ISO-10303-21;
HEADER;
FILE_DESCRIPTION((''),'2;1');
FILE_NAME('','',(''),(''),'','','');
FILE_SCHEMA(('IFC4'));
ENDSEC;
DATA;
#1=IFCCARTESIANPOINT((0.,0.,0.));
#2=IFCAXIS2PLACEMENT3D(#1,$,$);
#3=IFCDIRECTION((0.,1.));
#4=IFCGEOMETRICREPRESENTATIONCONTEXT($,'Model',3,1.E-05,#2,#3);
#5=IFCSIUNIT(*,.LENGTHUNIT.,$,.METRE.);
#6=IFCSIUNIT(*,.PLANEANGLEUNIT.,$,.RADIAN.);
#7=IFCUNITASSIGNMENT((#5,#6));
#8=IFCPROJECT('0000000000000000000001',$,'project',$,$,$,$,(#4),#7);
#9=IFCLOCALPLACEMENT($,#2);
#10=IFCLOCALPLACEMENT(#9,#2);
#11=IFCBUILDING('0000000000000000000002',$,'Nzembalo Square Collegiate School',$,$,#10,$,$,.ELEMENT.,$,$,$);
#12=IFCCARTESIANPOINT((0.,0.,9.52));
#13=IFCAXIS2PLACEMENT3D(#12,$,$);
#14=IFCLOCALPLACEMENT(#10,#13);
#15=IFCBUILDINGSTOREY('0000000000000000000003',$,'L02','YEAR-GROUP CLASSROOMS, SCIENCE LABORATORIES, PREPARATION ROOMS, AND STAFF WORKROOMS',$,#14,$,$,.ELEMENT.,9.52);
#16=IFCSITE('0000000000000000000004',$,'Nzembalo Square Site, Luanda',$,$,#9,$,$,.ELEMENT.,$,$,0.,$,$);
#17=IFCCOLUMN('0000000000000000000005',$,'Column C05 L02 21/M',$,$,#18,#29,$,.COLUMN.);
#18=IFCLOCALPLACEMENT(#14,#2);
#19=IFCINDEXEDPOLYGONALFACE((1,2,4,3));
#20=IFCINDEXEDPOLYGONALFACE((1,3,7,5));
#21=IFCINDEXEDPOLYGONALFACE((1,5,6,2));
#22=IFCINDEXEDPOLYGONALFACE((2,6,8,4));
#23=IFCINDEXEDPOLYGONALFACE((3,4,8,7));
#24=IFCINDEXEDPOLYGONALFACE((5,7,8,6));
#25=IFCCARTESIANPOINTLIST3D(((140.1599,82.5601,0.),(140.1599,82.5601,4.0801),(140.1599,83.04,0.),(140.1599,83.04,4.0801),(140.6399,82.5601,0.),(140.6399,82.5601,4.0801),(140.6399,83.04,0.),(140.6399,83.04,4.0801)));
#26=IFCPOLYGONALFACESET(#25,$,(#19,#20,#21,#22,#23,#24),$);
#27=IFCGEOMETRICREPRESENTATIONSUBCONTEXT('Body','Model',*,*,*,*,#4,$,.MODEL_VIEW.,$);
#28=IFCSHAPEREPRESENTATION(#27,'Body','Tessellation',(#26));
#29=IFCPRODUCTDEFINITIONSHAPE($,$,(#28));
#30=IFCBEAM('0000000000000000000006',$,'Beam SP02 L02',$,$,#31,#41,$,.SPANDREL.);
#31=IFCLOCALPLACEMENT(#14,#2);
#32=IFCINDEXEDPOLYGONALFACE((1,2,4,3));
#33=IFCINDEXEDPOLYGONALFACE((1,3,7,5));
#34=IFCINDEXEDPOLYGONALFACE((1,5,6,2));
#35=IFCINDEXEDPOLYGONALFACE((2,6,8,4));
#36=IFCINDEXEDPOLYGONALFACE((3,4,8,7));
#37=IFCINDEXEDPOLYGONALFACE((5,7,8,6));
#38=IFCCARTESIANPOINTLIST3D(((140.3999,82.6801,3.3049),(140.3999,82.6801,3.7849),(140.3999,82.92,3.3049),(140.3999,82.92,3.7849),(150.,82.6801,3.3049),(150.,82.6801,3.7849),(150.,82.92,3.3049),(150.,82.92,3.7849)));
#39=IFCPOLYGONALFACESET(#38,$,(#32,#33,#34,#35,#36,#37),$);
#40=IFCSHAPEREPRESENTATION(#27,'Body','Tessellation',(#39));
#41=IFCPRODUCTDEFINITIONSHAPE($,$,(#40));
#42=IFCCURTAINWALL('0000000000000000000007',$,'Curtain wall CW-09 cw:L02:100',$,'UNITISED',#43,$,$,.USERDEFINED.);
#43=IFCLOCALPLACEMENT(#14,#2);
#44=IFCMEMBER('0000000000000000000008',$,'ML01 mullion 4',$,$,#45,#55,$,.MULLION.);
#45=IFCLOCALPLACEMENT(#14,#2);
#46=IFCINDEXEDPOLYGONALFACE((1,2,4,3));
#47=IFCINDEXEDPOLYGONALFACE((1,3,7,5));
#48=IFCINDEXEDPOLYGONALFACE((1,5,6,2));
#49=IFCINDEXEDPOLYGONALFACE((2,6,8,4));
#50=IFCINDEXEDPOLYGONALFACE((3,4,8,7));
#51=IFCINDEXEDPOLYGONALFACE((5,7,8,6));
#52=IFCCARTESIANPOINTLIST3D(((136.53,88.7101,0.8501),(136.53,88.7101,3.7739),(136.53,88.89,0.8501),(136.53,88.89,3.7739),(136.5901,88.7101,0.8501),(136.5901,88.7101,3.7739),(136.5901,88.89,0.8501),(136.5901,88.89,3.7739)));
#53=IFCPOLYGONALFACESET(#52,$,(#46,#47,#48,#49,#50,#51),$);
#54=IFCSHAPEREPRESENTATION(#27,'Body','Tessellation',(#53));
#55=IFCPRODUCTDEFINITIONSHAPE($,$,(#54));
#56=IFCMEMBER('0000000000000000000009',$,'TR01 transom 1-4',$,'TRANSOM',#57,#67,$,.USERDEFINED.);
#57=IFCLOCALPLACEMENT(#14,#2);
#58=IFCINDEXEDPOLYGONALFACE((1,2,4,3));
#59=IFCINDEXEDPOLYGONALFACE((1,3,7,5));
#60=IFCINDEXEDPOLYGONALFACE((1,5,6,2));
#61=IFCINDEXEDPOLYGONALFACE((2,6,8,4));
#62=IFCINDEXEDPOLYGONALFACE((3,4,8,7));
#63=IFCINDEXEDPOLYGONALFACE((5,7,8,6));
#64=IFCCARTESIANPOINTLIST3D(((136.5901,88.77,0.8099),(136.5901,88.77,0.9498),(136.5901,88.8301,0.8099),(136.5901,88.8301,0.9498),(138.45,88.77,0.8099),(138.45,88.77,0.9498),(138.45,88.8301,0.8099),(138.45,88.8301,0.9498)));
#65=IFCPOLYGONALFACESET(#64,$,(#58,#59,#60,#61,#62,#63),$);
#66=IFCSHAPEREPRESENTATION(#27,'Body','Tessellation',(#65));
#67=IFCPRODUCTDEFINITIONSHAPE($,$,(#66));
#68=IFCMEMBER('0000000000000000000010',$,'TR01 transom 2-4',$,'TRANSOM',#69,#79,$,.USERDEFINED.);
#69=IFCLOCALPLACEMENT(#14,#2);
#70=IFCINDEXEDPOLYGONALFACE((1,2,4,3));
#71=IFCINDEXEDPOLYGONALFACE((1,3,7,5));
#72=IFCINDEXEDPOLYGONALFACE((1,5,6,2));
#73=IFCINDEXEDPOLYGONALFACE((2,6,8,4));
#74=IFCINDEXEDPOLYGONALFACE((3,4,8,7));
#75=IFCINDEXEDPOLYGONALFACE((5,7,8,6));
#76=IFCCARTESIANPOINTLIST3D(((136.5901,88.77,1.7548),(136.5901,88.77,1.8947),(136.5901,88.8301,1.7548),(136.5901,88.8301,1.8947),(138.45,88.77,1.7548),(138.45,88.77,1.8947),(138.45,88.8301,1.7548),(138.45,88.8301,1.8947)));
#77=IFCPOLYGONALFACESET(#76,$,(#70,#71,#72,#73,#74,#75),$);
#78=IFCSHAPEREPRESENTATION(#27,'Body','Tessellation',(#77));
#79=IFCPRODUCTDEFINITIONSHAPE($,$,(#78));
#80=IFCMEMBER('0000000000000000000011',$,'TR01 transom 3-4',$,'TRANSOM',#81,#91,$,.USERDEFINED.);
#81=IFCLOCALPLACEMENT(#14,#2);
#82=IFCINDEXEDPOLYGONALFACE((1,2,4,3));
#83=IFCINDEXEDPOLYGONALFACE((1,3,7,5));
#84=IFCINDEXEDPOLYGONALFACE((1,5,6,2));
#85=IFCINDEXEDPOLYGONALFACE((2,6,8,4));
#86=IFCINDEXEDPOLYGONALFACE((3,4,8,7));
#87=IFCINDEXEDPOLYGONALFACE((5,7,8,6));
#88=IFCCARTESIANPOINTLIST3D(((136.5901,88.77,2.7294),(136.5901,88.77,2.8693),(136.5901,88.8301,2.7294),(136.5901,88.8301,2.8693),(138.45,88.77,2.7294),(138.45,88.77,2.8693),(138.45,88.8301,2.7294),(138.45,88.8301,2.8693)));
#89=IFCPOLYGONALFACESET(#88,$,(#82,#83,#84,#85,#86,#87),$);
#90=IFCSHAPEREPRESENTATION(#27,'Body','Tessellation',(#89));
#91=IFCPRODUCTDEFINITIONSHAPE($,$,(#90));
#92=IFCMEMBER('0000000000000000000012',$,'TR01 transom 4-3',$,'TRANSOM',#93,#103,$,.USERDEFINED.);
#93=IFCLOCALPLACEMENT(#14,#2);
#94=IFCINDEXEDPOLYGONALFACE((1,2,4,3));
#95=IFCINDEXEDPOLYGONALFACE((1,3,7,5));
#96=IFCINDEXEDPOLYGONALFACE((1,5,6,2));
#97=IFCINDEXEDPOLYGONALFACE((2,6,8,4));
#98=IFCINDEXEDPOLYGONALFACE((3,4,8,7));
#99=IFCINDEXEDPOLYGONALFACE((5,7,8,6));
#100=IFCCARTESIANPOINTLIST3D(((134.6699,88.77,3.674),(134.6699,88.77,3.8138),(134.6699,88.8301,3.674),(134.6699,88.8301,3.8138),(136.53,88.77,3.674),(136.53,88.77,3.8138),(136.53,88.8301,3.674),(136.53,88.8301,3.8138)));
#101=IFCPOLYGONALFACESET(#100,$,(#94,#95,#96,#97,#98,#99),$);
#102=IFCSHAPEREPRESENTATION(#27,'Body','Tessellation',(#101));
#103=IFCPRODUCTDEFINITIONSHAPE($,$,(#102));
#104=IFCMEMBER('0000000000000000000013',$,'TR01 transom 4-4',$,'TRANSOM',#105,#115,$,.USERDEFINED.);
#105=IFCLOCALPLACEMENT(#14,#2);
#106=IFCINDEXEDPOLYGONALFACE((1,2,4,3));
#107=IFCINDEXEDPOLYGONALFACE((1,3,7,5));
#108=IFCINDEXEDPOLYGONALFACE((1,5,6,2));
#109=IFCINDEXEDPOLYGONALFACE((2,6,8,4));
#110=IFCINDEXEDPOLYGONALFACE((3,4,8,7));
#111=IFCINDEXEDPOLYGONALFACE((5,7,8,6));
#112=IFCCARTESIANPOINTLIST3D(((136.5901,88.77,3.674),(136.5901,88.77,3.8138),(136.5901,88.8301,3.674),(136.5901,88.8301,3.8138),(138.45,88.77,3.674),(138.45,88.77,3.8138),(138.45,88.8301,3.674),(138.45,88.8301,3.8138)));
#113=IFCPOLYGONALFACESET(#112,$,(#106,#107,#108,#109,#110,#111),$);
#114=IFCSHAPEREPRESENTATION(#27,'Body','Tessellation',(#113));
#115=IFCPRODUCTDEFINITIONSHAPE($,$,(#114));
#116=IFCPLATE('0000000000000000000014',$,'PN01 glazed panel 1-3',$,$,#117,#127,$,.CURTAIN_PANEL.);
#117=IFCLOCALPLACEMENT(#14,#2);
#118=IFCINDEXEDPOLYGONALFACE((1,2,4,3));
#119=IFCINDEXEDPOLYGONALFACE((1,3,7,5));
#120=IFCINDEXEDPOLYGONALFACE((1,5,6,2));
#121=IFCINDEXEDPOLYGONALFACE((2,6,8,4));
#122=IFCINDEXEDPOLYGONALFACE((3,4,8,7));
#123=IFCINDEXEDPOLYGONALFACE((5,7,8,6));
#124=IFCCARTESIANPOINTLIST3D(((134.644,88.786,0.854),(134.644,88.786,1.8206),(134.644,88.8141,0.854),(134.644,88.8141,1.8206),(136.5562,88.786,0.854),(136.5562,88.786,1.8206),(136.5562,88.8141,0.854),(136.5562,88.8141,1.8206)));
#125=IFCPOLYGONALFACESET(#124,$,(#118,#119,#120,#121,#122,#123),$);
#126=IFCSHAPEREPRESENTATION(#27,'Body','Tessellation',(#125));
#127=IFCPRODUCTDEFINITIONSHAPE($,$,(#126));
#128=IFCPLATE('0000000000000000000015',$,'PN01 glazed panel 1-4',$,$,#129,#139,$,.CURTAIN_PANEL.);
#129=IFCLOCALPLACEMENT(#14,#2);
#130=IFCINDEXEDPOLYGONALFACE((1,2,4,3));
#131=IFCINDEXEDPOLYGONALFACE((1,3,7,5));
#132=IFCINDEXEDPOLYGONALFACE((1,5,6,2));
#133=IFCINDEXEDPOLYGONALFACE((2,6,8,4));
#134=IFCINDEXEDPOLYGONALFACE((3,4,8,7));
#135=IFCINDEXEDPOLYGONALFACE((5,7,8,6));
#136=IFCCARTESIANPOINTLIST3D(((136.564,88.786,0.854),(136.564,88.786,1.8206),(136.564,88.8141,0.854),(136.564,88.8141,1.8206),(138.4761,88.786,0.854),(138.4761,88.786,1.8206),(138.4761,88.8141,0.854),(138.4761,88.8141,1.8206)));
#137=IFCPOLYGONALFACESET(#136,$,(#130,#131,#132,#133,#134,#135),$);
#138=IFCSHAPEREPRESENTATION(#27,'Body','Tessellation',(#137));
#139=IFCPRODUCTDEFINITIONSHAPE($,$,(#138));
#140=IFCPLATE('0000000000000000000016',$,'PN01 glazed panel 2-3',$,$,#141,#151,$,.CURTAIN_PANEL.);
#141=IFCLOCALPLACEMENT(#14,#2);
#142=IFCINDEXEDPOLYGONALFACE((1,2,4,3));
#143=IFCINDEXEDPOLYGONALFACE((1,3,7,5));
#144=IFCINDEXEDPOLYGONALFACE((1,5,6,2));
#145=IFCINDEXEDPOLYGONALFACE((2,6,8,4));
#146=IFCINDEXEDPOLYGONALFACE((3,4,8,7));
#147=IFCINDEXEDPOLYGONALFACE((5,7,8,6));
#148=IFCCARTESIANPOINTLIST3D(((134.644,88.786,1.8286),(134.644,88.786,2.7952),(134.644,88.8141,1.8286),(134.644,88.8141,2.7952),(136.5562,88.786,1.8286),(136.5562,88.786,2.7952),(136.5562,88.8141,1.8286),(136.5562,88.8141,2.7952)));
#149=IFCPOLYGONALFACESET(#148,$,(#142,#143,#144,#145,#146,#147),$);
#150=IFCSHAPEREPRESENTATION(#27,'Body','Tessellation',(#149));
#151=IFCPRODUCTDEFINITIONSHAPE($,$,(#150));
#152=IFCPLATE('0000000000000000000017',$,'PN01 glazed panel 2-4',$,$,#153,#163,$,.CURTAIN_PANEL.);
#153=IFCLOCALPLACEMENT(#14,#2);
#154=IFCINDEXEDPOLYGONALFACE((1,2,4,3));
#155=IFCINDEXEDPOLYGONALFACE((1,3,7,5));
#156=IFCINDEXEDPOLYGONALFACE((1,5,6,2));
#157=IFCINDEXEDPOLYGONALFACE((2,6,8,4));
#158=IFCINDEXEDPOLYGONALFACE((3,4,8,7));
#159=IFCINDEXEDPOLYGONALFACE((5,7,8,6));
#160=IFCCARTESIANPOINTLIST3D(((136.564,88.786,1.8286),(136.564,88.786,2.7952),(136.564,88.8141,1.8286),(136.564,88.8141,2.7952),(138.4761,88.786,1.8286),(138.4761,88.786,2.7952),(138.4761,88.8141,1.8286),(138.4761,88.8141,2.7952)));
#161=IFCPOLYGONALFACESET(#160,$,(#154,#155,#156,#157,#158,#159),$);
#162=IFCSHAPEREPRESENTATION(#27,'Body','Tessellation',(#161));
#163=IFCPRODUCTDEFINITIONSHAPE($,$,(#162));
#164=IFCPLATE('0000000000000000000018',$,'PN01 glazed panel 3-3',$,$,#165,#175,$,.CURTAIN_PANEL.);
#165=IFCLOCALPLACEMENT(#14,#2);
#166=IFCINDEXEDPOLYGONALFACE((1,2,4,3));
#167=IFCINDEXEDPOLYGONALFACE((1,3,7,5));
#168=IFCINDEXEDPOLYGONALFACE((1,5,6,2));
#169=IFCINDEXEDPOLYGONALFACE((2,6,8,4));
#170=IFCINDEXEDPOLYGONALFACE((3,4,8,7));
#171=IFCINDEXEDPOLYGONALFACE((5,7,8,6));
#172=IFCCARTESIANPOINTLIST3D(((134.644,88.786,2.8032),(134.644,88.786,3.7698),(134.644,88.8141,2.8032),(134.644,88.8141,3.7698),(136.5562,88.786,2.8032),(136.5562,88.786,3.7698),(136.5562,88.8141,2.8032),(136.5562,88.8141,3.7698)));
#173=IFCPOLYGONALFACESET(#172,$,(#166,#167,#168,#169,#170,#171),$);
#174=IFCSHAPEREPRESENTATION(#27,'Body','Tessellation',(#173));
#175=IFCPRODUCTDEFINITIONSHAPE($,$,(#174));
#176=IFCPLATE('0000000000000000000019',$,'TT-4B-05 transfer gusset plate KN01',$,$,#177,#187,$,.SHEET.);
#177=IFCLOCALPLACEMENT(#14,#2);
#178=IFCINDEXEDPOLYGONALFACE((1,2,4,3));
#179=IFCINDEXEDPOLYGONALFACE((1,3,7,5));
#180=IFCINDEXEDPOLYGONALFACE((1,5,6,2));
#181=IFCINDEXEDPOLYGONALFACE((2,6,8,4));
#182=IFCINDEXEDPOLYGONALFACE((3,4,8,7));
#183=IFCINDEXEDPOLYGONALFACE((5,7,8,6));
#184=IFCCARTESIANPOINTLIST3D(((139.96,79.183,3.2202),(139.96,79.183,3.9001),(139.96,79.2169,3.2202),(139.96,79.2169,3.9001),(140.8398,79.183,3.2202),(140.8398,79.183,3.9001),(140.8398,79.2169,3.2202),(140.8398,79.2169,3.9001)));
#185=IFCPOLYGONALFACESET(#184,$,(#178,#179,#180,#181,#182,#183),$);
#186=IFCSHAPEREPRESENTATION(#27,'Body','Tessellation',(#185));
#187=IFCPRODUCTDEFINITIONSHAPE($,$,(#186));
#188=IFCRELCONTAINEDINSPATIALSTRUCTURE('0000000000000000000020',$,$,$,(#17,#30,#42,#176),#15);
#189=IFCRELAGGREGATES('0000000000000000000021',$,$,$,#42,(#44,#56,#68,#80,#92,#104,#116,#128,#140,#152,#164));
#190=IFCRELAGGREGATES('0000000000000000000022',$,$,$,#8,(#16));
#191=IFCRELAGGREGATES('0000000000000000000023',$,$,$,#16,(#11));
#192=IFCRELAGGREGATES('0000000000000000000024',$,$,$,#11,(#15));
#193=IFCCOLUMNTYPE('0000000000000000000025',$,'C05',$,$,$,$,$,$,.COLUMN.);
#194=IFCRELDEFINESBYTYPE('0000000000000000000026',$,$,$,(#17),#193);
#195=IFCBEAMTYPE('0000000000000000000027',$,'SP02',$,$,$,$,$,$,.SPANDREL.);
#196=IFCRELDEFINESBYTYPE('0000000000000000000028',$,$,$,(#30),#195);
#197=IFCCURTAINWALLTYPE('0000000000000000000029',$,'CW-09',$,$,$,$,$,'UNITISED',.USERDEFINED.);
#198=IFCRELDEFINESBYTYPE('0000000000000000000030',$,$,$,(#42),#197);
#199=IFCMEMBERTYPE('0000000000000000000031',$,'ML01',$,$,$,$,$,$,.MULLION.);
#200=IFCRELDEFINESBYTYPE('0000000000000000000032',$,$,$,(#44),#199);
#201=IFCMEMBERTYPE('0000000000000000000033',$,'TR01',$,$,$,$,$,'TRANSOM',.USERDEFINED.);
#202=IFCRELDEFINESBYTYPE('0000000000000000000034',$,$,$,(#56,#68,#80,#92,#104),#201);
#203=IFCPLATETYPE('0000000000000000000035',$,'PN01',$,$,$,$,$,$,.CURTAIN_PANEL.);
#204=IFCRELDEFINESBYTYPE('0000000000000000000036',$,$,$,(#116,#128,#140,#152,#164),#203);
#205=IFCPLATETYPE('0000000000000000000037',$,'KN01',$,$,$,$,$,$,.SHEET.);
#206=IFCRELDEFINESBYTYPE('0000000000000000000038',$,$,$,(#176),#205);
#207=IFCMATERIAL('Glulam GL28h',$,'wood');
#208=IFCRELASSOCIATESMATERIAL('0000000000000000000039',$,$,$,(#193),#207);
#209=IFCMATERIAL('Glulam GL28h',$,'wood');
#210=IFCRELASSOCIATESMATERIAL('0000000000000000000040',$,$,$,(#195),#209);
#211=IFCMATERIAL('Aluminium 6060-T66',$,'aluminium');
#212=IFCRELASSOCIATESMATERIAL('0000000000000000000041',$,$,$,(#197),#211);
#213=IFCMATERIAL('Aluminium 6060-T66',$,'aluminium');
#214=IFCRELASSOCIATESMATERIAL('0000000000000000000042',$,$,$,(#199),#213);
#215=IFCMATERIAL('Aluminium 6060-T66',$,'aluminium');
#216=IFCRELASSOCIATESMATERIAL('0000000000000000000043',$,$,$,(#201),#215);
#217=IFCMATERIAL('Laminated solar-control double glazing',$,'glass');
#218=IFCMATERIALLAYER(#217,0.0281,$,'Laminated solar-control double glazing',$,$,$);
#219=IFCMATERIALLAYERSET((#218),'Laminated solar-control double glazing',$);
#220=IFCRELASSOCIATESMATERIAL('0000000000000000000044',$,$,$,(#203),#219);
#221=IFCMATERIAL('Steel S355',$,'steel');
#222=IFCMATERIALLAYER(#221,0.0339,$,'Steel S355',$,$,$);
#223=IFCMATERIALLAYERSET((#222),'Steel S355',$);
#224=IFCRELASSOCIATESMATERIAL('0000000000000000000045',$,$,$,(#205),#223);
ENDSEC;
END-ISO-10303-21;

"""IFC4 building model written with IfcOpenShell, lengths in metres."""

from ifc_helpers import new_model, si_unit, direction, frame, origin, origin_2d, place, context, subcontext, project, spatial, rectangle, extrude, material, layer, layer_set, material_profile, profile_set, type_object, element, aggregate, save


model = new_model("IFC4")

# Units and contexts
model_context = context("Model", 3, precision=1e-05, world=origin(), true_north=direction((0.0, 1.0)))
body_context = subcontext(model_context, "Body", "Model", "MODEL_VIEW")
ifc_project = project(units=[si_unit("LENGTHUNIT", "METRE"), si_unit("PLANEANGLEUNIT", "RADIAN")], contexts=[model_context])

# Site, building, storey
site_placement = place(None, origin())
site = spatial("IfcSite", under=ifc_project, at=site_placement, Name="Nzembalo Square Site, Luanda", CompositionType="ELEMENT", RefElevation=0.0)
building_placement = place(site_placement, origin())
building = spatial("IfcBuilding", under=site, at=building_placement, Name="Nzembalo Square Collegiate School", CompositionType="ELEMENT")
storey_placement = place(building_placement, frame((0.0, 0.0, 9.52)))
storey = spatial("IfcBuildingStorey", under=building, at=storey_placement, Name="L02", Description="YEAR-GROUP CLASSROOMS, SCIENCE LABORATORIES, PREPARATION ROOMS, AND STAFF WORKROOMS", CompositionType="ELEMENT", Elevation=9.52)

# Column
ifc_material_1 = material(Name="Glulam GL28h", Category="wood")
ifc_material_profile_1 = material_profile(ifc_material_1, rectangle(XDim=0.48, YDim=0.48, at=origin_2d()), Name="GL28h 480x480")
ifc_profile_set_1 = profile_set([ifc_material_profile_1], Name="Glulam GL28h")
column_type = type_object("IfcColumnType", Name="C05", PredefinedType="COLUMN", material=ifc_profile_set_1)
column_placement = place(storey_placement, frame((140.3999, 82.8, 0.0), z_axis=(0.0, 0.0, 1.0), x_axis=(1.0, 0.0, 0.0)))
element("IfcColumn", 1, at=column_placement, inside=storey, type_object=column_type, Name="Column C05 L02 21/M", PredefinedType="COLUMN", context=body_context, shape_type="SweptSolid", body=[
    extrude(rectangle(XDim=0.48, YDim=0.48, at=origin_2d()), origin(), (0.0, 0.0, 1.0), 4.0801),
])

# Beam
ifc_material_2 = material(Name="Glulam GL28h", Category="wood")
ifc_material_profile_2 = material_profile(ifc_material_2, rectangle(XDim=0.24, YDim=0.48, at=origin_2d()), Name="GL28h 240x480")
ifc_profile_set_2 = profile_set([ifc_material_profile_2], Name="Glulam GL28h")
beam_type = type_object("IfcBeamType", Name="SP02", PredefinedType="SPANDREL", material=ifc_profile_set_2)
beam_placement = place(storey_placement, frame((140.3999, 82.8, 3.5449), z_axis=(1.0, 0.0, 0.0), x_axis=(0.0, 1.0, 0.0)))
element("IfcBeam", 2, at=beam_placement, inside=storey, type_object=beam_type, Name="Beam SP02 L02", PredefinedType="SPANDREL", context=body_context, shape_type="SweptSolid", body=[
    extrude(rectangle(XDim=0.24, YDim=0.48, at=origin_2d()), origin(), (0.0, 0.0, 1.0), 9.6001),
])

# Curtain wall, members, plates
ifc_material_3 = material(Name="Aluminium 6060-T66", Category="aluminium")
curtain_wall_type = type_object("IfcCurtainWallType", Name="CW-09", ElementType="UNITISED", PredefinedType="USERDEFINED", material=ifc_material_3)
curtain_wall_placement = place(storey_placement, origin())
curtain_wall = element("IfcCurtainWall", 3, at=curtain_wall_placement, inside=storey, type_object=curtain_wall_type, Name="Curtain wall CW-09 cw:L02:100", ObjectType="UNITISED", PredefinedType="USERDEFINED")
ifc_material_4 = material(Name="Aluminium 6060-T66", Category="aluminium")
ifc_material_profile_3 = material_profile(ifc_material_4, rectangle(XDim=0.0601, YDim=0.1799, at=origin_2d()), Name="ALU M60x180")
ifc_profile_set_3 = profile_set([ifc_material_profile_3], Name="Aluminium 6060-T66")
member_type_1 = type_object("IfcMemberType", Name="ML01", PredefinedType="MULLION", material=ifc_profile_set_3)
member_1_placement = place(storey_placement, frame((136.5601, 88.8, 0.8501), z_axis=(0.0, 0.0, 1.0), x_axis=(1.0, 0.0, 0.0)))
member_1 = element("IfcMember", 4, at=member_1_placement, type_object=member_type_1, Name="ML01 mullion 4", PredefinedType="MULLION", context=body_context, shape_type="SweptSolid", body=[
    extrude(rectangle(XDim=0.0601, YDim=0.1799, at=origin_2d()), origin(), (0.0, 0.0, 1.0), 2.9238),
])
ifc_material_5 = material(Name="Aluminium 6060-T66", Category="aluminium")
ifc_material_profile_4 = material_profile(ifc_material_5, rectangle(XDim=0.0601, YDim=0.1399, at=origin_2d()), Name="ALU T60x140")
ifc_profile_set_4 = profile_set([ifc_material_profile_4], Name="Aluminium 6060-T66")
member_type_2 = type_object("IfcMemberType", Name="TR01", ElementType="TRANSOM", PredefinedType="USERDEFINED", material=ifc_profile_set_4)
member_2_placement = place(storey_placement, frame((136.5901, 88.8, 0.8799), z_axis=(1.0, 0.0, 0.0), x_axis=(0.0, 1.0, 0.0)))
member_2 = element("IfcMember", 5, at=member_2_placement, type_object=member_type_2, Name="TR01 transom 1-4", ObjectType="TRANSOM", PredefinedType="USERDEFINED", context=body_context, shape_type="SweptSolid", body=[
    extrude(rectangle(XDim=0.0601, YDim=0.1399, at=origin_2d()), origin(), (0.0, 0.0, 1.0), 1.8599),
])
member_3_placement = place(storey_placement, frame((136.5901, 88.8, 1.8247), z_axis=(1.0, 0.0, 0.0), x_axis=(0.0, 1.0, 0.0)))
member_3 = element("IfcMember", 6, at=member_3_placement, type_object=member_type_2, Name="TR01 transom 2-4", ObjectType="TRANSOM", PredefinedType="USERDEFINED", context=body_context, shape_type="SweptSolid", body=[
    extrude(rectangle(XDim=0.0601, YDim=0.1399, at=origin_2d()), origin(), (0.0, 0.0, 1.0), 1.8599),
])
member_4_placement = place(storey_placement, frame((136.5901, 88.8, 2.7993), z_axis=(1.0, 0.0, 0.0), x_axis=(0.0, 1.0, 0.0)))
member_4 = element("IfcMember", 7, at=member_4_placement, type_object=member_type_2, Name="TR01 transom 3-4", ObjectType="TRANSOM", PredefinedType="USERDEFINED", context=body_context, shape_type="SweptSolid", body=[
    extrude(rectangle(XDim=0.0601, YDim=0.1399, at=origin_2d()), origin(), (0.0, 0.0, 1.0), 1.8599),
])
member_5_placement = place(storey_placement, frame((134.6699, 88.8, 3.7439), z_axis=(1.0, 0.0, 0.0), x_axis=(0.0, 1.0, 0.0)))
member_5 = element("IfcMember", 8, at=member_5_placement, type_object=member_type_2, Name="TR01 transom 4-3", ObjectType="TRANSOM", PredefinedType="USERDEFINED", context=body_context, shape_type="SweptSolid", body=[
    extrude(rectangle(XDim=0.0601, YDim=0.1399, at=origin_2d()), origin(), (0.0, 0.0, 1.0), 1.8601),
])
member_6_placement = place(storey_placement, frame((136.5901, 88.8, 3.7439), z_axis=(1.0, 0.0, 0.0), x_axis=(0.0, 1.0, 0.0)))
member_6 = element("IfcMember", 9, at=member_6_placement, type_object=member_type_2, Name="TR01 transom 4-4", ObjectType="TRANSOM", PredefinedType="USERDEFINED", context=body_context, shape_type="SweptSolid", body=[
    extrude(rectangle(XDim=0.0601, YDim=0.1399, at=origin_2d()), origin(), (0.0, 0.0, 1.0), 1.8599),
])
ifc_material_6 = material(Name="Laminated solar-control double glazing", Category="glass")
ifc_layer_1 = layer(ifc_material_6, 0.0281, Name="Laminated solar-control double glazing")
ifc_layer_set_1 = layer_set([ifc_layer_1], Name="Laminated solar-control double glazing")
plate_type_1 = type_object("IfcPlateType", Name="PN01", PredefinedType="CURTAIN_PANEL", material=ifc_layer_set_1)
plate_1_placement = place(storey_placement, frame((135.6001, 88.8, 0.854), z_axis=(0.0, 0.0, 1.0), x_axis=(1.0, 0.0, 0.0)))
plate_1 = element("IfcPlate", 10, at=plate_1_placement, type_object=plate_type_1, Name="PN01 glazed panel 1-3", PredefinedType="CURTAIN_PANEL", context=body_context, shape_type="SweptSolid", body=[
    extrude(rectangle(XDim=1.9121, YDim=0.0281, at=origin_2d()), origin(), (0.0, 0.0, 1.0), 0.9666),
])
plate_2_placement = place(storey_placement, frame((137.52, 88.8, 0.854), z_axis=(0.0, 0.0, 1.0), x_axis=(1.0, 0.0, 0.0)))
plate_2 = element("IfcPlate", 11, at=plate_2_placement, type_object=plate_type_1, Name="PN01 glazed panel 1-4", PredefinedType="CURTAIN_PANEL", context=body_context, shape_type="SweptSolid", body=[
    extrude(rectangle(XDim=1.9121, YDim=0.0281, at=origin_2d()), origin(), (0.0, 0.0, 1.0), 0.9666),
])
plate_3_placement = place(storey_placement, frame((135.6001, 88.8, 1.8286), z_axis=(0.0, 0.0, 1.0), x_axis=(1.0, 0.0, 0.0)))
plate_3 = element("IfcPlate", 12, at=plate_3_placement, type_object=plate_type_1, Name="PN01 glazed panel 2-3", PredefinedType="CURTAIN_PANEL", context=body_context, shape_type="SweptSolid", body=[
    extrude(rectangle(XDim=1.9121, YDim=0.0281, at=origin_2d()), origin(), (0.0, 0.0, 1.0), 0.9666),
])
plate_4_placement = place(storey_placement, frame((137.52, 88.8, 1.8286), z_axis=(0.0, 0.0, 1.0), x_axis=(1.0, 0.0, 0.0)))
plate_4 = element("IfcPlate", 13, at=plate_4_placement, type_object=plate_type_1, Name="PN01 glazed panel 2-4", PredefinedType="CURTAIN_PANEL", context=body_context, shape_type="SweptSolid", body=[
    extrude(rectangle(XDim=1.9121, YDim=0.0281, at=origin_2d()), origin(), (0.0, 0.0, 1.0), 0.9666),
])
plate_5_placement = place(storey_placement, frame((135.6001, 88.8, 2.8032), z_axis=(0.0, 0.0, 1.0), x_axis=(1.0, 0.0, 0.0)))
plate_5 = element("IfcPlate", 14, at=plate_5_placement, type_object=plate_type_1, Name="PN01 glazed panel 3-3", PredefinedType="CURTAIN_PANEL", context=body_context, shape_type="SweptSolid", body=[
    extrude(rectangle(XDim=1.9121, YDim=0.0281, at=origin_2d()), origin(), (0.0, 0.0, 1.0), 0.9666),
])
aggregate(curtain_wall, [member_1, member_2, member_3, member_4, member_5, member_6, plate_1, plate_2, plate_3, plate_4, plate_5])

# Plate
ifc_material_7 = material(Name="Steel S355", Category="steel")
ifc_layer_2 = layer(ifc_material_7, 0.0339, Name="Steel S355")
ifc_layer_set_2 = layer_set([ifc_layer_2], Name="Steel S355")
plate_type_2 = type_object("IfcPlateType", Name="KN01", PredefinedType="SHEET", material=ifc_layer_set_2)
plate_6_placement = place(storey_placement, frame((140.3999, 79.2, 3.2202), z_axis=(0.0, 0.0, 1.0), x_axis=(1.0, 0.0, 0.0)))
element("IfcPlate", 15, at=plate_6_placement, inside=storey, type_object=plate_type_2, Name="TT-4B-05 transfer gusset plate KN01", PredefinedType="SHEET", context=body_context, shape_type="SweptSolid", body=[
    extrude(rectangle(XDim=0.8799, YDim=0.0339, at=origin_2d()), origin(), (0.0, 0.0, 1.0), 0.6799),
])

save(model, "model.ifc")
